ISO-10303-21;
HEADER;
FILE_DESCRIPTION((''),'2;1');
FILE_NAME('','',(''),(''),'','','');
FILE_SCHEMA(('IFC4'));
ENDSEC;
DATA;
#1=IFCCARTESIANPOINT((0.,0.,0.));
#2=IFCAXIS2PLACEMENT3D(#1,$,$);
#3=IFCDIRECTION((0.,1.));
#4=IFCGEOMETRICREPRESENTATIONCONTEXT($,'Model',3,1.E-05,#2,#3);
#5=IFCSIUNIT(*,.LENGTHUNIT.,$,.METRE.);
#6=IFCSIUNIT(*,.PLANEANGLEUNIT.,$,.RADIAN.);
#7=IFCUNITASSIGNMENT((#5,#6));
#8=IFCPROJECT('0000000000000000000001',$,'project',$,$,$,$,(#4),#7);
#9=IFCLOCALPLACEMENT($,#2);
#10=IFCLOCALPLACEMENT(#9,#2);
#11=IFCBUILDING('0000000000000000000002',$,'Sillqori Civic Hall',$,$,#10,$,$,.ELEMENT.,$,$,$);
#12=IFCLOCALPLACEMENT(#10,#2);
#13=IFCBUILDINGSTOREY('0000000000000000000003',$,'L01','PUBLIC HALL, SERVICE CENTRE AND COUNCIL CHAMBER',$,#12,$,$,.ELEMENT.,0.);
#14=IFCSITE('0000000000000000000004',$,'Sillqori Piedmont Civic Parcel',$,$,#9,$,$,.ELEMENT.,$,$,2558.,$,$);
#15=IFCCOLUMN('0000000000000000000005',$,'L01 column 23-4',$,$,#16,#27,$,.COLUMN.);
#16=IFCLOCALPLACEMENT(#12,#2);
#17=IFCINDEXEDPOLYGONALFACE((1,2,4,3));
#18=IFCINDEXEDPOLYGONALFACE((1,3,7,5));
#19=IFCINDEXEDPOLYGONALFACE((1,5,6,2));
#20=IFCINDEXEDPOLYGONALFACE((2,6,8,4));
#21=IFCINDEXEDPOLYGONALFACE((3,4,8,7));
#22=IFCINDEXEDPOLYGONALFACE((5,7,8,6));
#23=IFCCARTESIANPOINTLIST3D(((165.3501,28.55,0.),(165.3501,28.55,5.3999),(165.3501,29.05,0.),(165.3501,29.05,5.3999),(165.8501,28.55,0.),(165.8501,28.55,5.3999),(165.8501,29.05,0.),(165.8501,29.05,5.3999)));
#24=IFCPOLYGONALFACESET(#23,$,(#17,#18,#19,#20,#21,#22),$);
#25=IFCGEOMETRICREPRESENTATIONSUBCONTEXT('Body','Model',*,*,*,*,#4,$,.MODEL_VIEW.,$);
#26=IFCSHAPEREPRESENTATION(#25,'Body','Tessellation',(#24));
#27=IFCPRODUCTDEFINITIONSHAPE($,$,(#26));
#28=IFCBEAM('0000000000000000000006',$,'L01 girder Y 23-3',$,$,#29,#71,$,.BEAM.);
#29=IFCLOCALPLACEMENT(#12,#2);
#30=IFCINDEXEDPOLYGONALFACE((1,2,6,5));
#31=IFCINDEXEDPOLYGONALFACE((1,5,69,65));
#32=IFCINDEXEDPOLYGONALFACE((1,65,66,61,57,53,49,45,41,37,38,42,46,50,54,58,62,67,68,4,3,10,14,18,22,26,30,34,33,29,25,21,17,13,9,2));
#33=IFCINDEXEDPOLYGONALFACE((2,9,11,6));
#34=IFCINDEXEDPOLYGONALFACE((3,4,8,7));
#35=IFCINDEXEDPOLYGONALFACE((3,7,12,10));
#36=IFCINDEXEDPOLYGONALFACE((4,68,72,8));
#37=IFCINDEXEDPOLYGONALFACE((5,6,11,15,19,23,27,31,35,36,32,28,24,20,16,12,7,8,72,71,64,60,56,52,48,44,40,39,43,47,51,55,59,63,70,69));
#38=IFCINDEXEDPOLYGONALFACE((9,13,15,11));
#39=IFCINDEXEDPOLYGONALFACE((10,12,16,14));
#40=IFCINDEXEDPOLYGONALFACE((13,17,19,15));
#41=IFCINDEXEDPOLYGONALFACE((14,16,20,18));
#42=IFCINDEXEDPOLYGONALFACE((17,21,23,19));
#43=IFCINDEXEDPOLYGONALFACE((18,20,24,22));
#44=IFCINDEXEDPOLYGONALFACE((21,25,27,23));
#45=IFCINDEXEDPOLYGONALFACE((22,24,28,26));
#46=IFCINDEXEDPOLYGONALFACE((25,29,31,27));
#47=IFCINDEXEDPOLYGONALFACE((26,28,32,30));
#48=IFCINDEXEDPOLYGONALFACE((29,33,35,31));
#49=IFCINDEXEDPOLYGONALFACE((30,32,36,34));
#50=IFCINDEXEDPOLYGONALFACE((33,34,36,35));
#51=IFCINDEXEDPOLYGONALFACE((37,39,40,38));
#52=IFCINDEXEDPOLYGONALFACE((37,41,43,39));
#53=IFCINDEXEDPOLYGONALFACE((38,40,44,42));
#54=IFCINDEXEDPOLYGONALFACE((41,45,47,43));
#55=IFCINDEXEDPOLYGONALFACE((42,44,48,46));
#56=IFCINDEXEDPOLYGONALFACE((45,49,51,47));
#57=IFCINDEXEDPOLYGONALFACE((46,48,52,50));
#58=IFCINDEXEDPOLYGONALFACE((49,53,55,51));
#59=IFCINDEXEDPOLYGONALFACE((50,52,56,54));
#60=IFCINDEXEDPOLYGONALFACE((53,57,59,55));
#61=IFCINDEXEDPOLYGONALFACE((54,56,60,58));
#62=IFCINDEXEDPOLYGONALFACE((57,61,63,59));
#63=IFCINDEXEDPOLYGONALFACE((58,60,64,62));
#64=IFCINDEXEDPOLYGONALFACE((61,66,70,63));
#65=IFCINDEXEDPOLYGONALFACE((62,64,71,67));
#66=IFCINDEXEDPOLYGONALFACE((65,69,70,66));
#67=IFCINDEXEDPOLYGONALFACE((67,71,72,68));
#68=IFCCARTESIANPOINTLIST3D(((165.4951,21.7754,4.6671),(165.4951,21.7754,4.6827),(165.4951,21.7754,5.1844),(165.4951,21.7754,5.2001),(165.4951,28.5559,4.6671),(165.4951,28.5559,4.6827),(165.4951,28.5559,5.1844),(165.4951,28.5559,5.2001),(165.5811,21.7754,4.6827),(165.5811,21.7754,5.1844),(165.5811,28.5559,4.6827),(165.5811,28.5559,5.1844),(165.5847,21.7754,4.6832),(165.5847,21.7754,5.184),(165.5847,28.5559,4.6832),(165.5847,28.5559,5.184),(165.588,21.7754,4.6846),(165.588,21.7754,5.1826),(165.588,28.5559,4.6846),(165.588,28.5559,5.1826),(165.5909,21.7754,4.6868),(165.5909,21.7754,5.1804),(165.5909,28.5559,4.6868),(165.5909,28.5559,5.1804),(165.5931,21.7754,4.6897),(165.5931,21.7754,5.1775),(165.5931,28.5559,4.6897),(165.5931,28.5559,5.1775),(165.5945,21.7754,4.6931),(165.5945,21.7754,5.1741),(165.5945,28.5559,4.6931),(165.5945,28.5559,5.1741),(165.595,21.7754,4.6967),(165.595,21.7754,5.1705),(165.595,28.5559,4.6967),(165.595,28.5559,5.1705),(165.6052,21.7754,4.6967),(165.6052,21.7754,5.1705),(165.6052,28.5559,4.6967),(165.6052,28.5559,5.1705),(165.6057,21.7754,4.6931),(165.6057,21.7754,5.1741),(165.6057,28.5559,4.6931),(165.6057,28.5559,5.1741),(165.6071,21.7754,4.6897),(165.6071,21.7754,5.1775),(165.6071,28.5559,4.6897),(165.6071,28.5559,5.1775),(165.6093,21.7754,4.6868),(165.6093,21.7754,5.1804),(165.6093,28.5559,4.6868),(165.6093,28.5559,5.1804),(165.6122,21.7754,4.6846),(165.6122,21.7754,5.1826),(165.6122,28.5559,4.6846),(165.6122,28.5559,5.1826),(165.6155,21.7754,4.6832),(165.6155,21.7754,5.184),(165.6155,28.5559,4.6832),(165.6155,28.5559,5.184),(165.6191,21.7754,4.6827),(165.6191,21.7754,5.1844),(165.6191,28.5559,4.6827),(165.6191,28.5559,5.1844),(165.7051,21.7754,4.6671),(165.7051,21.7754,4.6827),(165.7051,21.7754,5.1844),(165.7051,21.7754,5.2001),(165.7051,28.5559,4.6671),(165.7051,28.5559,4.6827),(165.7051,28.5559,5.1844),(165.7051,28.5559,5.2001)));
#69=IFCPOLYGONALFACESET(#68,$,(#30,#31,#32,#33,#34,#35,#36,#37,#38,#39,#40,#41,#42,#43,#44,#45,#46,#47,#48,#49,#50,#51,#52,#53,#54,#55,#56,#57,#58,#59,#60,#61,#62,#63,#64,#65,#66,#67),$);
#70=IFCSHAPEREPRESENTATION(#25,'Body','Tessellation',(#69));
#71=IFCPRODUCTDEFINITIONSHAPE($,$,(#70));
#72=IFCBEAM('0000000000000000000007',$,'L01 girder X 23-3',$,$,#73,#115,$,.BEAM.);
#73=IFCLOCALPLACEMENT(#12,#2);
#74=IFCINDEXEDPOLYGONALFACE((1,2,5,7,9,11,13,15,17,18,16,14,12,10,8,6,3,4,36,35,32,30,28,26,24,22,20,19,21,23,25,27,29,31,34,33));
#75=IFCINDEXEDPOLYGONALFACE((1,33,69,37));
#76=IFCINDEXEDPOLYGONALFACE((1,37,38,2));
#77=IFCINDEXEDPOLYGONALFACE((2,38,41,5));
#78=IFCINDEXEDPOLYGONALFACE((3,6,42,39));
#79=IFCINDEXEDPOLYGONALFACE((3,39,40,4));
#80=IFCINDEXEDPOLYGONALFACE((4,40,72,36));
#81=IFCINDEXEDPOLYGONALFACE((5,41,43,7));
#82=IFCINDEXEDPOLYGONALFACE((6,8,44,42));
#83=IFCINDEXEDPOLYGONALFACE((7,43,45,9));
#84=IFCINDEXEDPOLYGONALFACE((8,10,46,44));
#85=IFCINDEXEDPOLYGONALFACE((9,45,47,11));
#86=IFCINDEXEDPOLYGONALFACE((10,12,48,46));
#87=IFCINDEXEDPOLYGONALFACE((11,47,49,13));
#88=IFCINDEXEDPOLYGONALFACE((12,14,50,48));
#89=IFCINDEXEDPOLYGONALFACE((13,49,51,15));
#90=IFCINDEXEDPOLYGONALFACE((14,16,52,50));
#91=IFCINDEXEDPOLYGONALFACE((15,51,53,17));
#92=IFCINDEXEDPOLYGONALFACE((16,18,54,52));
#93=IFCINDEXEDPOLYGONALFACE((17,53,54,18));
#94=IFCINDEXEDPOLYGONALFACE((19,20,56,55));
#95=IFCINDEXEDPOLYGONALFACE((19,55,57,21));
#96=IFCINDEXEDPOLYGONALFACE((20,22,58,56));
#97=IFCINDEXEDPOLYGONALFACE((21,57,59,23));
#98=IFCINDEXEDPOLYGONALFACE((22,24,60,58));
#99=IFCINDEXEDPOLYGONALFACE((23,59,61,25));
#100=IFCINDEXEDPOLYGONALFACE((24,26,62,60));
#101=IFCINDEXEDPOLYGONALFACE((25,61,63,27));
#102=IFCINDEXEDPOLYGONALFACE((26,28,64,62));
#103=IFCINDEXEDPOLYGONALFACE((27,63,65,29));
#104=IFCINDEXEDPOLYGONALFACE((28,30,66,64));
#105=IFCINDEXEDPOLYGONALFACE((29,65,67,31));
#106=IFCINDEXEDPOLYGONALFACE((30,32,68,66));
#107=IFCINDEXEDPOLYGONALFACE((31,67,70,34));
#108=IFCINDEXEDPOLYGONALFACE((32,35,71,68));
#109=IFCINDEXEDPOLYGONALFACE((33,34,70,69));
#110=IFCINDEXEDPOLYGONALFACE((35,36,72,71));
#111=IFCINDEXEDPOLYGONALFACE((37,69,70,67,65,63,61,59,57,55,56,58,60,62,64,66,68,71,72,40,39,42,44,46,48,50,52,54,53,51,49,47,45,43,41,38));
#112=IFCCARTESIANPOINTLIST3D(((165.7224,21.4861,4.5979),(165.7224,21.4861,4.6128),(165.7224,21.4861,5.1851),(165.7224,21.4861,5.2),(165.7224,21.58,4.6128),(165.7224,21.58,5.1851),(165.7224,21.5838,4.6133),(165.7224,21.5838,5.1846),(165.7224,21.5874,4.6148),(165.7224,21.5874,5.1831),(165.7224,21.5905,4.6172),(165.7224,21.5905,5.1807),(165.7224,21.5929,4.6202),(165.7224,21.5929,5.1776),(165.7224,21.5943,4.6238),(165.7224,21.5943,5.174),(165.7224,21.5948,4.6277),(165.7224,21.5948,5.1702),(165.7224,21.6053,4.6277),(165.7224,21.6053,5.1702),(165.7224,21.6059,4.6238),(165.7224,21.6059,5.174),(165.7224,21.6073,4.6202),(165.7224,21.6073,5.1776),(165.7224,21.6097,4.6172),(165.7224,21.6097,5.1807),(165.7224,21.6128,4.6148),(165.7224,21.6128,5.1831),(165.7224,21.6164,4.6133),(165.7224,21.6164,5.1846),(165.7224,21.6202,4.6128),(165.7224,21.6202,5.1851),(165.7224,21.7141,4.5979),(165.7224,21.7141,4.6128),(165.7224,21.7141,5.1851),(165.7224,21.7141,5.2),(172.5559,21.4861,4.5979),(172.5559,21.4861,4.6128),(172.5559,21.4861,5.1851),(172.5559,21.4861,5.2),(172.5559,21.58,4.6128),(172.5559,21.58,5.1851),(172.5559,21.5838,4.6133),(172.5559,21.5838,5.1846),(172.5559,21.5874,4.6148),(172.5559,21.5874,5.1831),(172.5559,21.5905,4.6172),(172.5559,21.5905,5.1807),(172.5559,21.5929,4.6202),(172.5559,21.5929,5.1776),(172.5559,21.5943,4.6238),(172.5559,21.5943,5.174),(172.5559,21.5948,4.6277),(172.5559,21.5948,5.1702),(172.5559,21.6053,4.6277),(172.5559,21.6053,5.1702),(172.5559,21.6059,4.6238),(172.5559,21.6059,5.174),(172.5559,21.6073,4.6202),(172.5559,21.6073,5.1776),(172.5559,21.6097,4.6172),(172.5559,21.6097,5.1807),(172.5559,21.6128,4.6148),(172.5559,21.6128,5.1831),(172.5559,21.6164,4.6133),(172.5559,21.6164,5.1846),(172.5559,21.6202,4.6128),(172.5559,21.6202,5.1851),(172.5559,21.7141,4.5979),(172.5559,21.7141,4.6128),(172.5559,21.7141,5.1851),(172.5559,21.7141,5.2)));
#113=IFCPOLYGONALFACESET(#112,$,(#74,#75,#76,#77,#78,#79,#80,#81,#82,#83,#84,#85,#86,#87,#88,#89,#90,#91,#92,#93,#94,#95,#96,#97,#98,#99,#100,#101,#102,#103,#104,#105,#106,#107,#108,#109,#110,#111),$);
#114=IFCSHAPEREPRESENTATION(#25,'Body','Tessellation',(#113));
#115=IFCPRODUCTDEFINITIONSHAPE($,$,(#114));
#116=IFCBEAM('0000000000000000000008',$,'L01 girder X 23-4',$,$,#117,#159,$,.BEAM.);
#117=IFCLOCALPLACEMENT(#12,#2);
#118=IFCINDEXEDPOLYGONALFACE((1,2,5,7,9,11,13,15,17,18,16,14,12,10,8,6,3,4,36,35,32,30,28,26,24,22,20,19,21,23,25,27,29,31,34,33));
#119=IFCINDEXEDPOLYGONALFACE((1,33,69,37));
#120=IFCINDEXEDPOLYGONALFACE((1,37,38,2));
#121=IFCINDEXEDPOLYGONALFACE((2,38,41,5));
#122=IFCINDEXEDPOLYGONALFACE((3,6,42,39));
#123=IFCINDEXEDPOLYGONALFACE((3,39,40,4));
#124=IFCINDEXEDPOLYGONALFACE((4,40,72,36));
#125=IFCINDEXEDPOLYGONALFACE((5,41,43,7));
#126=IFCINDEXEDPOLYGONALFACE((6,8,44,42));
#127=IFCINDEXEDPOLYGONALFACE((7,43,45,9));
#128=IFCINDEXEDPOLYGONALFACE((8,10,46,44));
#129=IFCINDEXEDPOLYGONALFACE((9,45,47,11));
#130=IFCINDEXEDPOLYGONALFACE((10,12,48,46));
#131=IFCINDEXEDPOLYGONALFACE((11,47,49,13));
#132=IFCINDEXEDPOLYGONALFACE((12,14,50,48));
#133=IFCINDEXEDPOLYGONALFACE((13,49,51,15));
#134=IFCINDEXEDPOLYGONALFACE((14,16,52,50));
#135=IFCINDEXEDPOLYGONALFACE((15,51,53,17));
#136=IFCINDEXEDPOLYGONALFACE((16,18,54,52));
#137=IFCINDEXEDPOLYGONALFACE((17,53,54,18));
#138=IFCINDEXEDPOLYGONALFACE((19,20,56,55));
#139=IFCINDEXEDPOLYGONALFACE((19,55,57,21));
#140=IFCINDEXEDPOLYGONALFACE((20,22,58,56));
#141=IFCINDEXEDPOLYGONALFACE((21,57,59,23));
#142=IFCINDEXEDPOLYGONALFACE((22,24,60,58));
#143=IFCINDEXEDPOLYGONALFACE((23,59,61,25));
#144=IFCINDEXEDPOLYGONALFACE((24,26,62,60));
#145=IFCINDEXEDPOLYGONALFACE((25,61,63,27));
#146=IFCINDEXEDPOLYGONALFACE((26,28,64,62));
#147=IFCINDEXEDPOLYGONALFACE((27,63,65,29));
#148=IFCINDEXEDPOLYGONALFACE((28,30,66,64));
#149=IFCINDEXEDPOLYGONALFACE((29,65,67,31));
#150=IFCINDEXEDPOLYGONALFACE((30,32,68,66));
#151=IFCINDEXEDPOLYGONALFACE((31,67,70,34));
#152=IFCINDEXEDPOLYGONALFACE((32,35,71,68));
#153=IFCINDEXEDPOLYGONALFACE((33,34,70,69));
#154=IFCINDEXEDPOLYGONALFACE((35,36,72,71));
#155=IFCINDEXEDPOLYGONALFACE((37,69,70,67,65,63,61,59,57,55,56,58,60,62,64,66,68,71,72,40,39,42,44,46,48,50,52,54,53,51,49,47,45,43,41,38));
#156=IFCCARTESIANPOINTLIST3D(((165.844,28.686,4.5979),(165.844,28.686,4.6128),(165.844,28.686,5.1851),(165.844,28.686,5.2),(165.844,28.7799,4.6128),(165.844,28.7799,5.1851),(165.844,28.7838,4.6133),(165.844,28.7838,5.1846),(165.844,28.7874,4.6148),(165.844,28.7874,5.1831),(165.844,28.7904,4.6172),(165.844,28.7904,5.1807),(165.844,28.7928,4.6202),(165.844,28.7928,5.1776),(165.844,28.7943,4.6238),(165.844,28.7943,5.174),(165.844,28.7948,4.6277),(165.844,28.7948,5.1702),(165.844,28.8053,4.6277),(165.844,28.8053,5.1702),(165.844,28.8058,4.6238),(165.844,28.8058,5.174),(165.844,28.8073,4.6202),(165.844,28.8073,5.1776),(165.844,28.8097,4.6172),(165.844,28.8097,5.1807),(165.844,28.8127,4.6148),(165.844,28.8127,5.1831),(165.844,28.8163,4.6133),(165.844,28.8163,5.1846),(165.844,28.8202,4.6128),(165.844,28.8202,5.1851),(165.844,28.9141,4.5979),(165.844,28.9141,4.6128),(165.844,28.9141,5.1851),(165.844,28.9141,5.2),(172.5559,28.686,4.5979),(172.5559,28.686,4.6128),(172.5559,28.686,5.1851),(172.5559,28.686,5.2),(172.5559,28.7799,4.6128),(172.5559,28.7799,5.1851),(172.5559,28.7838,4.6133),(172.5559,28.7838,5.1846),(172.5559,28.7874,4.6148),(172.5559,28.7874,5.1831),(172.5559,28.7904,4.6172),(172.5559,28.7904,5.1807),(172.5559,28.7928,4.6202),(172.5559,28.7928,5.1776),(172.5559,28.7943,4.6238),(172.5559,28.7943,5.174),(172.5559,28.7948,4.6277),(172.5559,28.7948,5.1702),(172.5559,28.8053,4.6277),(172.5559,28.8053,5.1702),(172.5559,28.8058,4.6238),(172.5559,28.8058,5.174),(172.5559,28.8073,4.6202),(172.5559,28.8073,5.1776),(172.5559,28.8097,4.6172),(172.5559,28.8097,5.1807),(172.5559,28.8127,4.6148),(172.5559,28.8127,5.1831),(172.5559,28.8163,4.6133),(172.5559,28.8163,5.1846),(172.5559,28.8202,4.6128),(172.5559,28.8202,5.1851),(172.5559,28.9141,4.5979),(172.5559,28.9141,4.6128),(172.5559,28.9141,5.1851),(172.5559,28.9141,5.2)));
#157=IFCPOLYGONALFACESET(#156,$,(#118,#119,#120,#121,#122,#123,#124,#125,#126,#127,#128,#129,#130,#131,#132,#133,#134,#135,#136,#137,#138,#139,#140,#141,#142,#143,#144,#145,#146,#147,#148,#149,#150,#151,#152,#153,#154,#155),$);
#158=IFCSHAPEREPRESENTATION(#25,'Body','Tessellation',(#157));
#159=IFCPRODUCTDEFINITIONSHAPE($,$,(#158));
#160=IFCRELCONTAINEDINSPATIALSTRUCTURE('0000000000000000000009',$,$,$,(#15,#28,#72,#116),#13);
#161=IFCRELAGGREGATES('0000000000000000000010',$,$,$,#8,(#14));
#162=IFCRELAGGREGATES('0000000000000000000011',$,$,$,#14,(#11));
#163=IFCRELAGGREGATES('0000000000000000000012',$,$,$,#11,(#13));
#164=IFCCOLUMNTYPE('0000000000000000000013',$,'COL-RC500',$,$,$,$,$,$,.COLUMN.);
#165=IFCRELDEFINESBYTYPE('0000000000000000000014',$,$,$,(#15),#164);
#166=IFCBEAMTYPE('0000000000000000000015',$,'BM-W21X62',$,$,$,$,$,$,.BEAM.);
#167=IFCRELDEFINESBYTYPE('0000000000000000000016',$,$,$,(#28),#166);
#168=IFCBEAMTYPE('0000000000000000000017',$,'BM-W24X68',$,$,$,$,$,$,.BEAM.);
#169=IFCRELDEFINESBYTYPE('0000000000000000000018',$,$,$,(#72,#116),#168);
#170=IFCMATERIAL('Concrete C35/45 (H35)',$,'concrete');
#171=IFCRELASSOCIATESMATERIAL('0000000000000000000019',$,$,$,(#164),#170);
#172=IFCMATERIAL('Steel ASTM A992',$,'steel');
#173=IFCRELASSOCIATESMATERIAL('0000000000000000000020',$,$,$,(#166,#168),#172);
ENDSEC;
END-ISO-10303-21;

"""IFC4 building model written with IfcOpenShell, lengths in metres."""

from ifc_helpers import new_model, si_unit, direction, frame, origin, origin_2d, place, context, subcontext, project, spatial, rectangle, i_section, extrude, material, material_profile, profile_set, type_object, element, save


model = new_model("IFC4")

# Units and contexts
model_context = context("Model", 3, precision=1e-05, world=origin(), true_north=direction((0.0, 1.0)))
body_context = subcontext(model_context, "Body", "Model", "MODEL_VIEW")
ifc_project = project(units=[si_unit("LENGTHUNIT", "METRE"), si_unit("PLANEANGLEUNIT", "RADIAN")], contexts=[model_context])

# Site, building, storey
site_placement = place(None, origin())
site = spatial("IfcSite", under=ifc_project, at=site_placement, Name="Sillqori Piedmont Civic Parcel", CompositionType="ELEMENT", RefElevation=2558.0)
building_placement = place(site_placement, origin())
building = spatial("IfcBuilding", under=site, at=building_placement, Name="Sillqori Civic Hall", CompositionType="ELEMENT")
storey_placement = place(building_placement, origin())
storey = spatial("IfcBuildingStorey", under=building, at=storey_placement, Name="L01", Description="PUBLIC HALL, SERVICE CENTRE AND COUNCIL CHAMBER", CompositionType="ELEMENT", Elevation=0.0)

# Column
ifc_material_1 = material(Name="Concrete C35/45 (H35)", Category="concrete")
ifc_material_profile_1 = material_profile(ifc_material_1, rectangle(XDim=0.5, YDim=0.5, at=origin_2d()), Name="RC 500x500")
ifc_profile_set_1 = profile_set([ifc_material_profile_1], Name="Concrete C35/45 (H35)")
column_type = type_object("IfcColumnType", Name="COL-RC500", PredefinedType="COLUMN", material=ifc_profile_set_1)
column_placement = place(storey_placement, frame((165.6001, 28.8, 0.0), z_axis=(0.0, 0.0, 1.0), x_axis=(1.0, 0.0, 0.0)))
element("IfcColumn", 1, at=column_placement, inside=storey, type_object=column_type, Name="L01 column 23-4", PredefinedType="COLUMN", context=body_context, shape_type="SweptSolid", body=[
    extrude(rectangle(XDim=0.5, YDim=0.5, at=origin_2d()), origin(), (0.0, 0.0, 1.0), 5.3999),
])

# Beams
ifc_material_2 = material(Name="Steel ASTM A992", Category="steel")
ifc_material_profile_2 = material_profile(ifc_material_2, i_section(OverallWidth=0.21, OverallDepth=0.533, WebThickness=0.0103, FlangeThickness=0.0156, FilletRadius=0.0139, at=origin_2d()), Name="W21X62")
ifc_profile_set_2 = profile_set([ifc_material_profile_2], Name="Steel ASTM A992")
beam_type_1 = type_object("IfcBeamType", Name="BM-W21X62", PredefinedType="BEAM", material=ifc_profile_set_2)
beam_1_placement = place(storey_placement, frame((165.6001, 21.7754, 4.9336), z_axis=(0.0, 1.0, 0.0), x_axis=(-1.0, 0.0, 0.0)))
element("IfcBeam", 2, at=beam_1_placement, inside=storey, type_object=beam_type_1, Name="L01 girder Y 23-3", PredefinedType="BEAM", context=body_context, shape_type="SweptSolid", body=[
    extrude(i_section(OverallWidth=0.21, OverallDepth=0.533, WebThickness=0.0103, FlangeThickness=0.0156, FilletRadius=0.0139, at=origin_2d()), origin(), (0.0, 0.0, 1.0), 6.7805),
])
ifc_material_profile_3 = material_profile(ifc_material_2, i_section(OverallWidth=0.228, OverallDepth=0.6021, WebThickness=0.0105, FlangeThickness=0.0149, FilletRadius=0.0149, at=origin_2d()), Name="W24X68")
ifc_profile_set_3 = profile_set([ifc_material_profile_3], Name="Steel ASTM A992")
beam_type_2 = type_object("IfcBeamType", Name="BM-W24X68", PredefinedType="BEAM", material=ifc_profile_set_3)
beam_2_placement = place(storey_placement, frame((165.7224, 21.6001, 4.8989), z_axis=(1.0, 0.0, 0.0), x_axis=(0.0, 1.0, 0.0)))
element("IfcBeam", 3, at=beam_2_placement, inside=storey, type_object=beam_type_2, Name="L01 girder X 23-3", PredefinedType="BEAM", context=body_context, shape_type="SweptSolid", body=[
    extrude(i_section(OverallWidth=0.228, OverallDepth=0.6021, WebThickness=0.0105, FlangeThickness=0.0149, FilletRadius=0.0149, at=origin_2d()), origin(), (0.0, 0.0, 1.0), 6.8335),
])
beam_3_placement = place(storey_placement, frame((165.844, 28.8, 4.8989), z_axis=(1.0, 0.0, 0.0), x_axis=(0.0, 1.0, 0.0)))
element("IfcBeam", 4, at=beam_3_placement, inside=storey, type_object=beam_type_2, Name="L01 girder X 23-4", PredefinedType="BEAM", context=body_context, shape_type="SweptSolid", body=[
    extrude(i_section(OverallWidth=0.228, OverallDepth=0.6021, WebThickness=0.0105, FlangeThickness=0.0149, FilletRadius=0.0149, at=origin_2d()), origin(), (0.0, 0.0, 1.0), 6.7119),
])

save(model, "model.ifc")
